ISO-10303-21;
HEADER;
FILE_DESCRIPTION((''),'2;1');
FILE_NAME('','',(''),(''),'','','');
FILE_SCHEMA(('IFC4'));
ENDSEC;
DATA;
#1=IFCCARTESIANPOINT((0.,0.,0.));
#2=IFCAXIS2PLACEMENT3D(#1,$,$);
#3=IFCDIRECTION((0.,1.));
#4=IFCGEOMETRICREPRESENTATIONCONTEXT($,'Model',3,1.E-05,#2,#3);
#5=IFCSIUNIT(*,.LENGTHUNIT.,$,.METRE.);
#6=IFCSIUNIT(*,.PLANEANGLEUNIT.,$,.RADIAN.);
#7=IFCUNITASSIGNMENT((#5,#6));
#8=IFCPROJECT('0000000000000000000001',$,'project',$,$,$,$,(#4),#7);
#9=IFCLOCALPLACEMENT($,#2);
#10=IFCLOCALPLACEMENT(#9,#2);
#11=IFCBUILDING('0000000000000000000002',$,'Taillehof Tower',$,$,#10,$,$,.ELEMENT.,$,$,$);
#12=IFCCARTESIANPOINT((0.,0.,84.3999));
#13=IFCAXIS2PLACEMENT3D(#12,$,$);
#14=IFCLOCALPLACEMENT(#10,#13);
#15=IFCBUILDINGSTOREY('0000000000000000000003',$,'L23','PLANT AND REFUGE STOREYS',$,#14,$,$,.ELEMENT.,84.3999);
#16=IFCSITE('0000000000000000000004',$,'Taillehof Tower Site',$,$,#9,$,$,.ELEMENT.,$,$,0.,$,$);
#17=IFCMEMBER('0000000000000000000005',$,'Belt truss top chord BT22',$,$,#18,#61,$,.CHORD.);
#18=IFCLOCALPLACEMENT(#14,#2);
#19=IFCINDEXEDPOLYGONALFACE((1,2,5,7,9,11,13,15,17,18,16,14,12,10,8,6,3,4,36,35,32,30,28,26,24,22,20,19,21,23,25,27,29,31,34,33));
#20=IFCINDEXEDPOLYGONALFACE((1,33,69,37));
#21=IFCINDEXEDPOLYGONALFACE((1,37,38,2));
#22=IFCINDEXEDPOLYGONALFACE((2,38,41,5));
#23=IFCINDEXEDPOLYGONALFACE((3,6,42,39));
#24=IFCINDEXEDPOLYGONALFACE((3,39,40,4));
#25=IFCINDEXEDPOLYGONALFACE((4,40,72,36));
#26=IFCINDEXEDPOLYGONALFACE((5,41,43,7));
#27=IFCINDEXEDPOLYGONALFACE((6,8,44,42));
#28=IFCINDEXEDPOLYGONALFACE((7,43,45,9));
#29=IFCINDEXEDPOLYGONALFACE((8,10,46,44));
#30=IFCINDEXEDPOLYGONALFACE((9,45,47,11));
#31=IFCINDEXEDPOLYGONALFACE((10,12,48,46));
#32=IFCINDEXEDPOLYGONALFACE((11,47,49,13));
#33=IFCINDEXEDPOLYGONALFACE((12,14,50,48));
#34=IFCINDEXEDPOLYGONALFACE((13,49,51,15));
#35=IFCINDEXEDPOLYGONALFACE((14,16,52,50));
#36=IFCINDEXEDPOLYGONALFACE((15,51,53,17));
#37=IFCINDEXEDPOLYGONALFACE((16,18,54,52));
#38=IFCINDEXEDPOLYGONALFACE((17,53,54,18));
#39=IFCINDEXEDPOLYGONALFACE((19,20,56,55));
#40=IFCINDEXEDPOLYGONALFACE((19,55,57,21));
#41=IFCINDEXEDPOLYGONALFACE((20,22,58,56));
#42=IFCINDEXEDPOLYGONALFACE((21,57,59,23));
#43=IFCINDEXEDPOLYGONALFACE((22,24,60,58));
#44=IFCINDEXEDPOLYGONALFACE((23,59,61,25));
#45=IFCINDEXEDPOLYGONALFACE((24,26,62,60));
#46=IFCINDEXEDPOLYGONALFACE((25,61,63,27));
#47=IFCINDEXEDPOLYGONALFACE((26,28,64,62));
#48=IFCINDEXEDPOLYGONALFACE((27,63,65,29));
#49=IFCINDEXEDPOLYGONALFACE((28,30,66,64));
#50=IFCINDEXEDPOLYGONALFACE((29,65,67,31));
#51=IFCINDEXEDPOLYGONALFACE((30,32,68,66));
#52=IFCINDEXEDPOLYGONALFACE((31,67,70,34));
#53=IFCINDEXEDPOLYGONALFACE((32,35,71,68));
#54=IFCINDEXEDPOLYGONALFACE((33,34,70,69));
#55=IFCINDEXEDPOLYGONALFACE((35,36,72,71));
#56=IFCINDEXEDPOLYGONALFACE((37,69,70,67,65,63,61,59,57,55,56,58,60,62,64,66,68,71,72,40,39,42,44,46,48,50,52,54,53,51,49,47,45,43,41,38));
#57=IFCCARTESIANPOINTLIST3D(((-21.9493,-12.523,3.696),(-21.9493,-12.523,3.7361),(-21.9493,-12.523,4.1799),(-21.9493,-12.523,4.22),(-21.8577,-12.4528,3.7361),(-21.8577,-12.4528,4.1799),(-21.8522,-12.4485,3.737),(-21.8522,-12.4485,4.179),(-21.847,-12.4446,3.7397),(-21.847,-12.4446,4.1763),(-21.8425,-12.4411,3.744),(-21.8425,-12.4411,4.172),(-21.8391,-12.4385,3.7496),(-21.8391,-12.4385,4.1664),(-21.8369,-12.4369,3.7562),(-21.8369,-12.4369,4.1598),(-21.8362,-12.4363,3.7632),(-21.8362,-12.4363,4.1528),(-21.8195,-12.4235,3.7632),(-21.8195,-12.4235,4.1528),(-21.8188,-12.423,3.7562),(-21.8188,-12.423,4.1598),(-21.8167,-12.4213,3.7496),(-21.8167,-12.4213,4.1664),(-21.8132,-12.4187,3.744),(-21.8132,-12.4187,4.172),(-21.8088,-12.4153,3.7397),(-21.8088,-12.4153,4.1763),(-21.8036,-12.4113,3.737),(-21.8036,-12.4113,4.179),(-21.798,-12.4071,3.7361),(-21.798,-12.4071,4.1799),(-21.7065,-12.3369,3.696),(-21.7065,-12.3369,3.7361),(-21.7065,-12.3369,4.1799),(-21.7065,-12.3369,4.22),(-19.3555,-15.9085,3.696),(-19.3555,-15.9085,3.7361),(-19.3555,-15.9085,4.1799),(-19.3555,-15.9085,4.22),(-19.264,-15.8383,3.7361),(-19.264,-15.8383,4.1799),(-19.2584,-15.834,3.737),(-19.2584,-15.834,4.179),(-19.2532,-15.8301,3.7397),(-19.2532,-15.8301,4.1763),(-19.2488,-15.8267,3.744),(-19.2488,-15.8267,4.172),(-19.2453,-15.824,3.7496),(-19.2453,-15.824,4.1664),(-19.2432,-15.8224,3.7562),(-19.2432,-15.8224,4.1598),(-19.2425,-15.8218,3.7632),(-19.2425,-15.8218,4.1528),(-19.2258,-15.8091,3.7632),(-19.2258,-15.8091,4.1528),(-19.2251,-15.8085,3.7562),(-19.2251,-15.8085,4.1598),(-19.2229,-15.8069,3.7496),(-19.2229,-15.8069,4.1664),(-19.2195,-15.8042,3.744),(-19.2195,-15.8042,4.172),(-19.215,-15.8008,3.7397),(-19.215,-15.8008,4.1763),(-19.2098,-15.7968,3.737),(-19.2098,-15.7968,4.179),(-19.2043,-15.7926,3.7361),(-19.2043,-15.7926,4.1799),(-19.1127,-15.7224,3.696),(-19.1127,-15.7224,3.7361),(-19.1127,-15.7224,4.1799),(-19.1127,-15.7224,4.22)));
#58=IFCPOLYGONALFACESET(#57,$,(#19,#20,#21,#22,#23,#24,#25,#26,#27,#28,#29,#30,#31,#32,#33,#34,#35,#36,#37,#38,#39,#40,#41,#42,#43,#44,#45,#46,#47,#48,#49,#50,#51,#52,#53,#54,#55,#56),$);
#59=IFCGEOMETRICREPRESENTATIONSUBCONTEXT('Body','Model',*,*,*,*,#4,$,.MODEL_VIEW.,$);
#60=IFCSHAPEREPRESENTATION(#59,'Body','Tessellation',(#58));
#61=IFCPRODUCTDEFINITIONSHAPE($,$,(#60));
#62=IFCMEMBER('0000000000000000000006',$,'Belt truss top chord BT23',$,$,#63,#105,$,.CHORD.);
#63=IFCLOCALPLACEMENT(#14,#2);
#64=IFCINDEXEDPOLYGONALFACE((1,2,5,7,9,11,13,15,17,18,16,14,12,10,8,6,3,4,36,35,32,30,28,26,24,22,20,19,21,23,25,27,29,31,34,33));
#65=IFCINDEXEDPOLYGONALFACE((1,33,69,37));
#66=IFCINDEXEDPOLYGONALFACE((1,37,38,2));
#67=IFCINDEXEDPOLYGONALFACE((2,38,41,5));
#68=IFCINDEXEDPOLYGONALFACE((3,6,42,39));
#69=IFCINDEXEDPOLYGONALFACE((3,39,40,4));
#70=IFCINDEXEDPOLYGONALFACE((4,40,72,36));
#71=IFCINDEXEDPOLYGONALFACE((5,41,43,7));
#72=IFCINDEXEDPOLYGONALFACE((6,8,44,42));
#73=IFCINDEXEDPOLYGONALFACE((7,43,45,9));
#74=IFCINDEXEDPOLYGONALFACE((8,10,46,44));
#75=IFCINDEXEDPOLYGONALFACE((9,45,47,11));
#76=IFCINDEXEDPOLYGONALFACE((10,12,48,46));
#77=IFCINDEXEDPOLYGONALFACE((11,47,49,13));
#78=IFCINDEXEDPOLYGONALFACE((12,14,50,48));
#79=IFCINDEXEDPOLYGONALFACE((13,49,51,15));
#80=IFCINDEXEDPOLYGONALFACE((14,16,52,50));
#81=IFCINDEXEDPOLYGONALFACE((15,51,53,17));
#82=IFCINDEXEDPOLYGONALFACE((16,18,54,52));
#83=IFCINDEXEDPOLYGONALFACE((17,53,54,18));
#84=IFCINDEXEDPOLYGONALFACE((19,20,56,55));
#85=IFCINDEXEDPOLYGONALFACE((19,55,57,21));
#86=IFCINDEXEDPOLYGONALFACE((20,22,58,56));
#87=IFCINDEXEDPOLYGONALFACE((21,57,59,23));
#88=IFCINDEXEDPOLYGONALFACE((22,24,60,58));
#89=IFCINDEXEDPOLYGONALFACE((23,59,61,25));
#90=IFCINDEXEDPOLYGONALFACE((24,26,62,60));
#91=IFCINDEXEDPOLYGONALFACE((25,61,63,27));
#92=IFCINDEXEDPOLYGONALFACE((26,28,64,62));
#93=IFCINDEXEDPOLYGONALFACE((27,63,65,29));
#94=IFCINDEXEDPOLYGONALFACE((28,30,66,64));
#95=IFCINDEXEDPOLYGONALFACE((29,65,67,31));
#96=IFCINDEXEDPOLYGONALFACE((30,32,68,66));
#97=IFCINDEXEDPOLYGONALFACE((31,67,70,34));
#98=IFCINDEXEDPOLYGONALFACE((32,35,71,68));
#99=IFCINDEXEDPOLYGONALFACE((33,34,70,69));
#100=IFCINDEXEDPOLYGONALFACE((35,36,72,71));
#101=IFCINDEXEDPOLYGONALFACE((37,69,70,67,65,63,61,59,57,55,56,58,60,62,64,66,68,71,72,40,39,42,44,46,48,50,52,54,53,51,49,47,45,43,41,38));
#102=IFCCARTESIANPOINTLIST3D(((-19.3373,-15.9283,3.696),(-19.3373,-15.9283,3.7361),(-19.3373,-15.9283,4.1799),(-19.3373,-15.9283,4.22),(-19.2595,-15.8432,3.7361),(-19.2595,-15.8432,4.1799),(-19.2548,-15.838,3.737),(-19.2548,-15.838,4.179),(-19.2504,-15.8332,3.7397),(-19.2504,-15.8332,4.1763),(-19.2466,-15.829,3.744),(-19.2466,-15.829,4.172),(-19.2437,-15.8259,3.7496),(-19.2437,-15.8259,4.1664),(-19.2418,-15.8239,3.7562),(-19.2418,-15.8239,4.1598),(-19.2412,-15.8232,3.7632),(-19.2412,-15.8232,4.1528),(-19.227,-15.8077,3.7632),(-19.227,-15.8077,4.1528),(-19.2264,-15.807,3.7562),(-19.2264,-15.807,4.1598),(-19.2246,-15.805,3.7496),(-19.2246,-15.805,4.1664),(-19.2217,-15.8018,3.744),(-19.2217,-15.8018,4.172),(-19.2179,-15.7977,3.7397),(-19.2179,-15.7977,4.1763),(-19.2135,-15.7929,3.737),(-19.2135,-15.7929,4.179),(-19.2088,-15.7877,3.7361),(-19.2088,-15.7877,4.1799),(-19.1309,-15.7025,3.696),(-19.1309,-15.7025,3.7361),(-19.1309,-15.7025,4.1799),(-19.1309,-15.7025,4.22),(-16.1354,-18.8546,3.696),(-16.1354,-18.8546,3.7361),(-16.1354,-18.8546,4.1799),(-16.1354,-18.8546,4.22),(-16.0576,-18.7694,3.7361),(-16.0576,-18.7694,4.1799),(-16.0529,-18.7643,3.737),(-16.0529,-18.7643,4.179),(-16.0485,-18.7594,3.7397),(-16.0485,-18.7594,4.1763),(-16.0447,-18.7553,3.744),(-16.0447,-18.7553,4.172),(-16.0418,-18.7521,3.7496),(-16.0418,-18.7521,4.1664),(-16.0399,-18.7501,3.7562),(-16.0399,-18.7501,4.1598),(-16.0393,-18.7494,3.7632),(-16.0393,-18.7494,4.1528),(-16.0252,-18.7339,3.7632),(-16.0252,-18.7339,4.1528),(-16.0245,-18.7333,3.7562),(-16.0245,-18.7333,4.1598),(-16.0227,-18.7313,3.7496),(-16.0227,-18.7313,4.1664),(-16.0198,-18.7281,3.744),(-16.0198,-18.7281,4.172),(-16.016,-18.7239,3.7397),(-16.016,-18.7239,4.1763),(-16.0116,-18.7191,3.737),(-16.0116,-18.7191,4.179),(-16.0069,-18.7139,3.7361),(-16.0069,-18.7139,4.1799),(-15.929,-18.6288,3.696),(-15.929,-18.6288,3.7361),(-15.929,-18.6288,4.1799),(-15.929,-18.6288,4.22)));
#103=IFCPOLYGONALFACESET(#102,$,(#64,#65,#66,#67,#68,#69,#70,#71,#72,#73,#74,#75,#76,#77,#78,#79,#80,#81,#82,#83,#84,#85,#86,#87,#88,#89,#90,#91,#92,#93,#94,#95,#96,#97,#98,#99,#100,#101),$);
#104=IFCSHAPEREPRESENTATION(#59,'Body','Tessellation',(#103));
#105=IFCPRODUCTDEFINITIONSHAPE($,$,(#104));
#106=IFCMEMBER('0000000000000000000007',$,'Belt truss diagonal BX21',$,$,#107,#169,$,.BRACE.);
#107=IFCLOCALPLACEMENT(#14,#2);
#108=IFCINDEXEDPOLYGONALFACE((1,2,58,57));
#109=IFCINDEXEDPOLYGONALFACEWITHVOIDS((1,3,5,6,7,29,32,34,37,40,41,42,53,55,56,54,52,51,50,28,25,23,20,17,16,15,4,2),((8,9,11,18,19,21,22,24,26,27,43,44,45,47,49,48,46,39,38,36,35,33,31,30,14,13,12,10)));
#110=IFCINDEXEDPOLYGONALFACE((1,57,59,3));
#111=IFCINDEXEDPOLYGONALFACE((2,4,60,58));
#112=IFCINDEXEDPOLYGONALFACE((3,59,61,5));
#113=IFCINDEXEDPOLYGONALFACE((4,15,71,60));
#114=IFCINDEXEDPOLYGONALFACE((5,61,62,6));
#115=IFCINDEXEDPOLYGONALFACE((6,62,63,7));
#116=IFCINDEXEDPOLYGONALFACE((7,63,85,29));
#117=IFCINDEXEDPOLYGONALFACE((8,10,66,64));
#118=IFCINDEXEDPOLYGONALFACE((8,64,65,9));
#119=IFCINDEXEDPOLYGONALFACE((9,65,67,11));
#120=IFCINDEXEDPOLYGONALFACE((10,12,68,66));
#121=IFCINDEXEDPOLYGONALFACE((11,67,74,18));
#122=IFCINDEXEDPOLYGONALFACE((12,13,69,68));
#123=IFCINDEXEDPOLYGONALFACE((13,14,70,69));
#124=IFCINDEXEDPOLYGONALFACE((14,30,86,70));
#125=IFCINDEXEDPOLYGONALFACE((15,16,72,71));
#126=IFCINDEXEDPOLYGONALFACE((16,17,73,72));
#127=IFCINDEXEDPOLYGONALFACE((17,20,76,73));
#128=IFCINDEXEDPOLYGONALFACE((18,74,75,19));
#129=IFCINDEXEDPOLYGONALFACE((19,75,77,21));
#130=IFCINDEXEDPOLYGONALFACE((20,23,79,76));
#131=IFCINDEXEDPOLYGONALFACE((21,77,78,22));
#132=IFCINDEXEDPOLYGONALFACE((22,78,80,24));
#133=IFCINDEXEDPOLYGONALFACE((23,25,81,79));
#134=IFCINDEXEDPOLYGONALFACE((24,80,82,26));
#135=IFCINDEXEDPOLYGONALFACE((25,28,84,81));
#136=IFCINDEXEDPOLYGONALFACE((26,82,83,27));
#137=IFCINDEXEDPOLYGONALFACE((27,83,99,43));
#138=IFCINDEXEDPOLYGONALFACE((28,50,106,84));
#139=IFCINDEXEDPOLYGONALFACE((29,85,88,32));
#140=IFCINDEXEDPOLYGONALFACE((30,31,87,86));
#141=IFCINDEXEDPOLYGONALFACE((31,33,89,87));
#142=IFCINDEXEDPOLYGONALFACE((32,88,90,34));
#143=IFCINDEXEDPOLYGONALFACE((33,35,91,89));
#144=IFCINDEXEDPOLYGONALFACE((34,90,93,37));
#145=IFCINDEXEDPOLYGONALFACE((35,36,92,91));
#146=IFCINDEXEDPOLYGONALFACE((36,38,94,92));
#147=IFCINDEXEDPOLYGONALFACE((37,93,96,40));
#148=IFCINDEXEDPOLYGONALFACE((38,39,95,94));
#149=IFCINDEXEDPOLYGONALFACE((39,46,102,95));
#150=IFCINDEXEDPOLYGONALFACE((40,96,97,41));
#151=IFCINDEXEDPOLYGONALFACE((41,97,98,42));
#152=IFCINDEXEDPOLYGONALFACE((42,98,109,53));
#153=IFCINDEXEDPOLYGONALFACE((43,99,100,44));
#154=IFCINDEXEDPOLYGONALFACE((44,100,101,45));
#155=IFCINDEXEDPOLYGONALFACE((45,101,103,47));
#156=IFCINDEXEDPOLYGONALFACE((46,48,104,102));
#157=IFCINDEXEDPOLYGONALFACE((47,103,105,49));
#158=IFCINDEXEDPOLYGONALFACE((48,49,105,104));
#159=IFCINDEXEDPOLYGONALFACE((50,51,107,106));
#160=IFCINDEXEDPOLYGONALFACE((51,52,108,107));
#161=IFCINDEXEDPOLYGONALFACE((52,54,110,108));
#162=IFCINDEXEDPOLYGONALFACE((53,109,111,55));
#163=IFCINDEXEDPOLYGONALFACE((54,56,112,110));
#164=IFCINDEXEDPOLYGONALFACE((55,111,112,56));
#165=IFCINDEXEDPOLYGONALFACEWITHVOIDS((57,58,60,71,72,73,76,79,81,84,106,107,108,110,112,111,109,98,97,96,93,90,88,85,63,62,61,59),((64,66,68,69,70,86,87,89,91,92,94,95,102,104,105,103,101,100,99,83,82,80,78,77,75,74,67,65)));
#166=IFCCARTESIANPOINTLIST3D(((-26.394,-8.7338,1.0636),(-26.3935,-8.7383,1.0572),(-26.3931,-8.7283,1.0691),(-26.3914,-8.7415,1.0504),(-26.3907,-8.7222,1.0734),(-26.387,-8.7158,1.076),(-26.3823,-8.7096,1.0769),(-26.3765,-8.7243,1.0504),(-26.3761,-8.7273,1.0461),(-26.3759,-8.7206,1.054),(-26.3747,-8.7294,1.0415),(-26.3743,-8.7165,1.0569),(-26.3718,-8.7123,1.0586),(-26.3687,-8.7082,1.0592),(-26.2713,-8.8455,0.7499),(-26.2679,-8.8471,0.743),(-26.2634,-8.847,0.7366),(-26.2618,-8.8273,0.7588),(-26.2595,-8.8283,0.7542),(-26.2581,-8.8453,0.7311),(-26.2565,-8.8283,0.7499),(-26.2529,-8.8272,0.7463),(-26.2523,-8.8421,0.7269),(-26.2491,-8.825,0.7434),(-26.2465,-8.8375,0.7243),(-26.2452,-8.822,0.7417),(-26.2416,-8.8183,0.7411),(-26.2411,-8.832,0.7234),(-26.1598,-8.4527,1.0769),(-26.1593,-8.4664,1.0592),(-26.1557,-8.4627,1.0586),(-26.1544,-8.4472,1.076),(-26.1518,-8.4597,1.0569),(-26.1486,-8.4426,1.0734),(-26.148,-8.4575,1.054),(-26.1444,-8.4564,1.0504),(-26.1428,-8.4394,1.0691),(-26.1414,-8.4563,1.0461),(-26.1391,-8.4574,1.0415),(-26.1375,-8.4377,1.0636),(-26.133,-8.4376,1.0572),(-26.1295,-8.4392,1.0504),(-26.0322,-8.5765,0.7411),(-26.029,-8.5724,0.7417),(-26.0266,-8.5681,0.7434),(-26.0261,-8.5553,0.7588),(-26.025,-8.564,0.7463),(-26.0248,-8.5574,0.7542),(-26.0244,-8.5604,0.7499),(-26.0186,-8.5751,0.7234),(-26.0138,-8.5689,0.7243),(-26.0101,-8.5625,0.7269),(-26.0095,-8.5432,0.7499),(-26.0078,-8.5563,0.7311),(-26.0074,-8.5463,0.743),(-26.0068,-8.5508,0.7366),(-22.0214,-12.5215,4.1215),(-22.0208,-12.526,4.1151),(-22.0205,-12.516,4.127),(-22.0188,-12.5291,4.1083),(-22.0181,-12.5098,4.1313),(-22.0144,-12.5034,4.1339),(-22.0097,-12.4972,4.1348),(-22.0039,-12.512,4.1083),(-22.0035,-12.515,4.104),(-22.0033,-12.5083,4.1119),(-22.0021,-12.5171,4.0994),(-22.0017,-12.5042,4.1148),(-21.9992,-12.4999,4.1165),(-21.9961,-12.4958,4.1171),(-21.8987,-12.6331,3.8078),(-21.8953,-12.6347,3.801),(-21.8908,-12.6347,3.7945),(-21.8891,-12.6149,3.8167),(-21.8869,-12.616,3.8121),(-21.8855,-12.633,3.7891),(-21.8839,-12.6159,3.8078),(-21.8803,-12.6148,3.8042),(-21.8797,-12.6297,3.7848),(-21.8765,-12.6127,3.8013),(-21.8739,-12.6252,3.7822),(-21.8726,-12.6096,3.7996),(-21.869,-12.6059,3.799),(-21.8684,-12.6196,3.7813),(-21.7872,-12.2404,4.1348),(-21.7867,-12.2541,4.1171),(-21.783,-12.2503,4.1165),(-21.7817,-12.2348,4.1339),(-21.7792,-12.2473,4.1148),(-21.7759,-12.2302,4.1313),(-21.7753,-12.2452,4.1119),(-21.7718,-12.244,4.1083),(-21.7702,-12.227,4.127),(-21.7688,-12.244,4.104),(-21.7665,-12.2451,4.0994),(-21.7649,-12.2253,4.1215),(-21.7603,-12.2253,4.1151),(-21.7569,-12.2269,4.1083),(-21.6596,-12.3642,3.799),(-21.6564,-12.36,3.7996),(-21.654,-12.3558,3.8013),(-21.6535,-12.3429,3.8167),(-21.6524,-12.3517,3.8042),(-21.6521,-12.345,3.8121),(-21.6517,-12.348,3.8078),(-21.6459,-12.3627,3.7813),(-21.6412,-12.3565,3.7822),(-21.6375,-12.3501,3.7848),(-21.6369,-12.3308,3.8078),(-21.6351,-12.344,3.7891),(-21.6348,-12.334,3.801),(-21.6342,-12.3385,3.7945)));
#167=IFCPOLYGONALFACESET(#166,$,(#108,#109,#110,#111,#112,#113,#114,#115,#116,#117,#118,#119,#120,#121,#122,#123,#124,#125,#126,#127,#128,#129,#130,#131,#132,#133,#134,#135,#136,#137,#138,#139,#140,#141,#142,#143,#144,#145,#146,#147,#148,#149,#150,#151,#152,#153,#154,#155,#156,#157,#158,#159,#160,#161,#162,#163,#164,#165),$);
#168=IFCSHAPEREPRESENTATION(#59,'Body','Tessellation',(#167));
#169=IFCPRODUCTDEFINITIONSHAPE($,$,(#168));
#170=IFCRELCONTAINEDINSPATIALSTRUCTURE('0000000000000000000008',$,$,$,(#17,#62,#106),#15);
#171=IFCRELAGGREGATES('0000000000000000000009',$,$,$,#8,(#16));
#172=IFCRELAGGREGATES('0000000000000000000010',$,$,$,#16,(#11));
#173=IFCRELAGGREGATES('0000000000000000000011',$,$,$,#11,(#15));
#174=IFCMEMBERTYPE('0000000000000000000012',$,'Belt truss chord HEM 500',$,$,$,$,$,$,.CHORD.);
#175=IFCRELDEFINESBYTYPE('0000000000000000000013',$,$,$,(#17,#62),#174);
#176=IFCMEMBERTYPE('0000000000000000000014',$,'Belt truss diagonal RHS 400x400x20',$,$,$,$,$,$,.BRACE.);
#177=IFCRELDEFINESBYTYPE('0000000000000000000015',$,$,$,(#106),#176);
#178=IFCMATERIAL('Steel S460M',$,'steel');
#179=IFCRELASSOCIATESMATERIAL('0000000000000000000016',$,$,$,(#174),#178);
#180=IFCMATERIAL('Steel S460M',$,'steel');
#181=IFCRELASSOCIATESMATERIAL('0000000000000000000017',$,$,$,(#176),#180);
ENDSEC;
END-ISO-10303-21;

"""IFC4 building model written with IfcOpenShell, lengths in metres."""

from ifc_helpers import new_model, si_unit, direction, frame, origin, origin_2d, place, context, subcontext, project, spatial, hollow_rectangle, i_section, extrude, material, material_profile, profile_set, type_object, element, save


model = new_model("IFC4")

# Units and contexts
model_context = context("Model", 3, precision=1e-05, world=origin(), true_north=direction((0.0, 1.0)))
body_context = subcontext(model_context, "Body", "Model", "MODEL_VIEW")
ifc_project = project(units=[si_unit("LENGTHUNIT", "METRE"), si_unit("PLANEANGLEUNIT", "RADIAN")], contexts=[model_context])

# Site, building, storey
site_placement = place(None, origin())
site = spatial("IfcSite", under=ifc_project, at=site_placement, Name="Taillehof Tower Site", CompositionType="ELEMENT", RefElevation=0.0)
building_placement = place(site_placement, origin())
building = spatial("IfcBuilding", under=site, at=building_placement, Name="Taillehof Tower", CompositionType="ELEMENT")
storey_placement = place(building_placement, frame((0.0, 0.0, 84.3999)))
storey = spatial("IfcBuildingStorey", under=building, at=storey_placement, Name="L23", Description="PLANT AND REFUGE STOREYS", CompositionType="ELEMENT", Elevation=84.3999)

# Members
ifc_material_1 = material(Name="Steel S460M", Category="steel")
ifc_material_profile_1 = material_profile(ifc_material_1, i_section(OverallWidth=0.3059, OverallDepth=0.5239, WebThickness=0.021, FlangeThickness=0.04, FilletRadius=0.0271, at=origin_2d()), Name="HEM 500")
ifc_profile_set_1 = profile_set([ifc_material_profile_1], Name="Steel S460M")
member_type_1 = type_object("IfcMemberType", Name="Belt truss chord HEM 500", PredefinedType="CHORD", material=ifc_profile_set_1)
member_1_placement = place(storey_placement, frame((-21.8279, -12.4299, 3.958), z_axis=(0.608166, -0.79381, 0.0), x_axis=(0.79381, 0.608166, 0.0)))
element("IfcMember", 1, at=member_1_placement, inside=storey, type_object=member_type_1, Name="Belt truss top chord BT22", PredefinedType="CHORD", context=body_context, shape_type="SweptSolid", body=[
    extrude(i_section(OverallWidth=0.3059, OverallDepth=0.5239, WebThickness=0.021, FlangeThickness=0.04, FilletRadius=0.0271, at=origin_2d()), origin(), (0.0, 0.0, 1.0), 4.2649),
])
member_2_placement = place(storey_placement, frame((-19.2341, -15.8154, 3.958), z_axis=(0.738165, -0.67462, 0.0), x_axis=(0.67462, 0.738165, 0.0)))
element("IfcMember", 2, at=member_2_placement, inside=storey, type_object=member_type_1, Name="Belt truss top chord BT23", PredefinedType="CHORD", context=body_context, shape_type="SweptSolid", body=[
    extrude(i_section(OverallWidth=0.3059, OverallDepth=0.5239, WebThickness=0.021, FlangeThickness=0.04, FilletRadius=0.0271, at=origin_2d()), origin(), (0.0, 0.0, 1.0), 4.3376),
])
ifc_material_2 = material(Name="Steel S460M", Category="steel")
ifc_material_profile_2 = material_profile(ifc_material_2, hollow_rectangle(XDim=0.3999, YDim=0.3999, WallThickness=0.02, InnerFilletRadius=0.02, OuterFilletRadius=0.03, at=origin_2d()), Name="RHS 400x400x20")
ifc_profile_set_2 = profile_set([ifc_material_profile_2], Name="Steel S460M")
member_type_2 = type_object("IfcMemberType", Name="Belt truss diagonal RHS 400x400x20", PredefinedType="BRACE", material=ifc_profile_set_2)
member_3_placement = place(storey_placement, frame((-26.2004, -8.6423, 0.9001), z_axis=(0.668243, -0.578845, 0.467322), x_axis=(0.654738, 0.755856, 0.0)))
element("IfcMember", 3, at=member_3_placement, inside=storey, type_object=member_type_2, Name="Belt truss diagonal BX21", PredefinedType="BRACE", context=body_context, shape_type="SweptSolid", body=[
    extrude(hollow_rectangle(XDim=0.3999, YDim=0.3999, WallThickness=0.02, InnerFilletRadius=0.02, OuterFilletRadius=0.03, at=origin_2d()), origin(), (0.0, 0.0, 1.0), 6.5435),
])

save(model, "model.ifc")
